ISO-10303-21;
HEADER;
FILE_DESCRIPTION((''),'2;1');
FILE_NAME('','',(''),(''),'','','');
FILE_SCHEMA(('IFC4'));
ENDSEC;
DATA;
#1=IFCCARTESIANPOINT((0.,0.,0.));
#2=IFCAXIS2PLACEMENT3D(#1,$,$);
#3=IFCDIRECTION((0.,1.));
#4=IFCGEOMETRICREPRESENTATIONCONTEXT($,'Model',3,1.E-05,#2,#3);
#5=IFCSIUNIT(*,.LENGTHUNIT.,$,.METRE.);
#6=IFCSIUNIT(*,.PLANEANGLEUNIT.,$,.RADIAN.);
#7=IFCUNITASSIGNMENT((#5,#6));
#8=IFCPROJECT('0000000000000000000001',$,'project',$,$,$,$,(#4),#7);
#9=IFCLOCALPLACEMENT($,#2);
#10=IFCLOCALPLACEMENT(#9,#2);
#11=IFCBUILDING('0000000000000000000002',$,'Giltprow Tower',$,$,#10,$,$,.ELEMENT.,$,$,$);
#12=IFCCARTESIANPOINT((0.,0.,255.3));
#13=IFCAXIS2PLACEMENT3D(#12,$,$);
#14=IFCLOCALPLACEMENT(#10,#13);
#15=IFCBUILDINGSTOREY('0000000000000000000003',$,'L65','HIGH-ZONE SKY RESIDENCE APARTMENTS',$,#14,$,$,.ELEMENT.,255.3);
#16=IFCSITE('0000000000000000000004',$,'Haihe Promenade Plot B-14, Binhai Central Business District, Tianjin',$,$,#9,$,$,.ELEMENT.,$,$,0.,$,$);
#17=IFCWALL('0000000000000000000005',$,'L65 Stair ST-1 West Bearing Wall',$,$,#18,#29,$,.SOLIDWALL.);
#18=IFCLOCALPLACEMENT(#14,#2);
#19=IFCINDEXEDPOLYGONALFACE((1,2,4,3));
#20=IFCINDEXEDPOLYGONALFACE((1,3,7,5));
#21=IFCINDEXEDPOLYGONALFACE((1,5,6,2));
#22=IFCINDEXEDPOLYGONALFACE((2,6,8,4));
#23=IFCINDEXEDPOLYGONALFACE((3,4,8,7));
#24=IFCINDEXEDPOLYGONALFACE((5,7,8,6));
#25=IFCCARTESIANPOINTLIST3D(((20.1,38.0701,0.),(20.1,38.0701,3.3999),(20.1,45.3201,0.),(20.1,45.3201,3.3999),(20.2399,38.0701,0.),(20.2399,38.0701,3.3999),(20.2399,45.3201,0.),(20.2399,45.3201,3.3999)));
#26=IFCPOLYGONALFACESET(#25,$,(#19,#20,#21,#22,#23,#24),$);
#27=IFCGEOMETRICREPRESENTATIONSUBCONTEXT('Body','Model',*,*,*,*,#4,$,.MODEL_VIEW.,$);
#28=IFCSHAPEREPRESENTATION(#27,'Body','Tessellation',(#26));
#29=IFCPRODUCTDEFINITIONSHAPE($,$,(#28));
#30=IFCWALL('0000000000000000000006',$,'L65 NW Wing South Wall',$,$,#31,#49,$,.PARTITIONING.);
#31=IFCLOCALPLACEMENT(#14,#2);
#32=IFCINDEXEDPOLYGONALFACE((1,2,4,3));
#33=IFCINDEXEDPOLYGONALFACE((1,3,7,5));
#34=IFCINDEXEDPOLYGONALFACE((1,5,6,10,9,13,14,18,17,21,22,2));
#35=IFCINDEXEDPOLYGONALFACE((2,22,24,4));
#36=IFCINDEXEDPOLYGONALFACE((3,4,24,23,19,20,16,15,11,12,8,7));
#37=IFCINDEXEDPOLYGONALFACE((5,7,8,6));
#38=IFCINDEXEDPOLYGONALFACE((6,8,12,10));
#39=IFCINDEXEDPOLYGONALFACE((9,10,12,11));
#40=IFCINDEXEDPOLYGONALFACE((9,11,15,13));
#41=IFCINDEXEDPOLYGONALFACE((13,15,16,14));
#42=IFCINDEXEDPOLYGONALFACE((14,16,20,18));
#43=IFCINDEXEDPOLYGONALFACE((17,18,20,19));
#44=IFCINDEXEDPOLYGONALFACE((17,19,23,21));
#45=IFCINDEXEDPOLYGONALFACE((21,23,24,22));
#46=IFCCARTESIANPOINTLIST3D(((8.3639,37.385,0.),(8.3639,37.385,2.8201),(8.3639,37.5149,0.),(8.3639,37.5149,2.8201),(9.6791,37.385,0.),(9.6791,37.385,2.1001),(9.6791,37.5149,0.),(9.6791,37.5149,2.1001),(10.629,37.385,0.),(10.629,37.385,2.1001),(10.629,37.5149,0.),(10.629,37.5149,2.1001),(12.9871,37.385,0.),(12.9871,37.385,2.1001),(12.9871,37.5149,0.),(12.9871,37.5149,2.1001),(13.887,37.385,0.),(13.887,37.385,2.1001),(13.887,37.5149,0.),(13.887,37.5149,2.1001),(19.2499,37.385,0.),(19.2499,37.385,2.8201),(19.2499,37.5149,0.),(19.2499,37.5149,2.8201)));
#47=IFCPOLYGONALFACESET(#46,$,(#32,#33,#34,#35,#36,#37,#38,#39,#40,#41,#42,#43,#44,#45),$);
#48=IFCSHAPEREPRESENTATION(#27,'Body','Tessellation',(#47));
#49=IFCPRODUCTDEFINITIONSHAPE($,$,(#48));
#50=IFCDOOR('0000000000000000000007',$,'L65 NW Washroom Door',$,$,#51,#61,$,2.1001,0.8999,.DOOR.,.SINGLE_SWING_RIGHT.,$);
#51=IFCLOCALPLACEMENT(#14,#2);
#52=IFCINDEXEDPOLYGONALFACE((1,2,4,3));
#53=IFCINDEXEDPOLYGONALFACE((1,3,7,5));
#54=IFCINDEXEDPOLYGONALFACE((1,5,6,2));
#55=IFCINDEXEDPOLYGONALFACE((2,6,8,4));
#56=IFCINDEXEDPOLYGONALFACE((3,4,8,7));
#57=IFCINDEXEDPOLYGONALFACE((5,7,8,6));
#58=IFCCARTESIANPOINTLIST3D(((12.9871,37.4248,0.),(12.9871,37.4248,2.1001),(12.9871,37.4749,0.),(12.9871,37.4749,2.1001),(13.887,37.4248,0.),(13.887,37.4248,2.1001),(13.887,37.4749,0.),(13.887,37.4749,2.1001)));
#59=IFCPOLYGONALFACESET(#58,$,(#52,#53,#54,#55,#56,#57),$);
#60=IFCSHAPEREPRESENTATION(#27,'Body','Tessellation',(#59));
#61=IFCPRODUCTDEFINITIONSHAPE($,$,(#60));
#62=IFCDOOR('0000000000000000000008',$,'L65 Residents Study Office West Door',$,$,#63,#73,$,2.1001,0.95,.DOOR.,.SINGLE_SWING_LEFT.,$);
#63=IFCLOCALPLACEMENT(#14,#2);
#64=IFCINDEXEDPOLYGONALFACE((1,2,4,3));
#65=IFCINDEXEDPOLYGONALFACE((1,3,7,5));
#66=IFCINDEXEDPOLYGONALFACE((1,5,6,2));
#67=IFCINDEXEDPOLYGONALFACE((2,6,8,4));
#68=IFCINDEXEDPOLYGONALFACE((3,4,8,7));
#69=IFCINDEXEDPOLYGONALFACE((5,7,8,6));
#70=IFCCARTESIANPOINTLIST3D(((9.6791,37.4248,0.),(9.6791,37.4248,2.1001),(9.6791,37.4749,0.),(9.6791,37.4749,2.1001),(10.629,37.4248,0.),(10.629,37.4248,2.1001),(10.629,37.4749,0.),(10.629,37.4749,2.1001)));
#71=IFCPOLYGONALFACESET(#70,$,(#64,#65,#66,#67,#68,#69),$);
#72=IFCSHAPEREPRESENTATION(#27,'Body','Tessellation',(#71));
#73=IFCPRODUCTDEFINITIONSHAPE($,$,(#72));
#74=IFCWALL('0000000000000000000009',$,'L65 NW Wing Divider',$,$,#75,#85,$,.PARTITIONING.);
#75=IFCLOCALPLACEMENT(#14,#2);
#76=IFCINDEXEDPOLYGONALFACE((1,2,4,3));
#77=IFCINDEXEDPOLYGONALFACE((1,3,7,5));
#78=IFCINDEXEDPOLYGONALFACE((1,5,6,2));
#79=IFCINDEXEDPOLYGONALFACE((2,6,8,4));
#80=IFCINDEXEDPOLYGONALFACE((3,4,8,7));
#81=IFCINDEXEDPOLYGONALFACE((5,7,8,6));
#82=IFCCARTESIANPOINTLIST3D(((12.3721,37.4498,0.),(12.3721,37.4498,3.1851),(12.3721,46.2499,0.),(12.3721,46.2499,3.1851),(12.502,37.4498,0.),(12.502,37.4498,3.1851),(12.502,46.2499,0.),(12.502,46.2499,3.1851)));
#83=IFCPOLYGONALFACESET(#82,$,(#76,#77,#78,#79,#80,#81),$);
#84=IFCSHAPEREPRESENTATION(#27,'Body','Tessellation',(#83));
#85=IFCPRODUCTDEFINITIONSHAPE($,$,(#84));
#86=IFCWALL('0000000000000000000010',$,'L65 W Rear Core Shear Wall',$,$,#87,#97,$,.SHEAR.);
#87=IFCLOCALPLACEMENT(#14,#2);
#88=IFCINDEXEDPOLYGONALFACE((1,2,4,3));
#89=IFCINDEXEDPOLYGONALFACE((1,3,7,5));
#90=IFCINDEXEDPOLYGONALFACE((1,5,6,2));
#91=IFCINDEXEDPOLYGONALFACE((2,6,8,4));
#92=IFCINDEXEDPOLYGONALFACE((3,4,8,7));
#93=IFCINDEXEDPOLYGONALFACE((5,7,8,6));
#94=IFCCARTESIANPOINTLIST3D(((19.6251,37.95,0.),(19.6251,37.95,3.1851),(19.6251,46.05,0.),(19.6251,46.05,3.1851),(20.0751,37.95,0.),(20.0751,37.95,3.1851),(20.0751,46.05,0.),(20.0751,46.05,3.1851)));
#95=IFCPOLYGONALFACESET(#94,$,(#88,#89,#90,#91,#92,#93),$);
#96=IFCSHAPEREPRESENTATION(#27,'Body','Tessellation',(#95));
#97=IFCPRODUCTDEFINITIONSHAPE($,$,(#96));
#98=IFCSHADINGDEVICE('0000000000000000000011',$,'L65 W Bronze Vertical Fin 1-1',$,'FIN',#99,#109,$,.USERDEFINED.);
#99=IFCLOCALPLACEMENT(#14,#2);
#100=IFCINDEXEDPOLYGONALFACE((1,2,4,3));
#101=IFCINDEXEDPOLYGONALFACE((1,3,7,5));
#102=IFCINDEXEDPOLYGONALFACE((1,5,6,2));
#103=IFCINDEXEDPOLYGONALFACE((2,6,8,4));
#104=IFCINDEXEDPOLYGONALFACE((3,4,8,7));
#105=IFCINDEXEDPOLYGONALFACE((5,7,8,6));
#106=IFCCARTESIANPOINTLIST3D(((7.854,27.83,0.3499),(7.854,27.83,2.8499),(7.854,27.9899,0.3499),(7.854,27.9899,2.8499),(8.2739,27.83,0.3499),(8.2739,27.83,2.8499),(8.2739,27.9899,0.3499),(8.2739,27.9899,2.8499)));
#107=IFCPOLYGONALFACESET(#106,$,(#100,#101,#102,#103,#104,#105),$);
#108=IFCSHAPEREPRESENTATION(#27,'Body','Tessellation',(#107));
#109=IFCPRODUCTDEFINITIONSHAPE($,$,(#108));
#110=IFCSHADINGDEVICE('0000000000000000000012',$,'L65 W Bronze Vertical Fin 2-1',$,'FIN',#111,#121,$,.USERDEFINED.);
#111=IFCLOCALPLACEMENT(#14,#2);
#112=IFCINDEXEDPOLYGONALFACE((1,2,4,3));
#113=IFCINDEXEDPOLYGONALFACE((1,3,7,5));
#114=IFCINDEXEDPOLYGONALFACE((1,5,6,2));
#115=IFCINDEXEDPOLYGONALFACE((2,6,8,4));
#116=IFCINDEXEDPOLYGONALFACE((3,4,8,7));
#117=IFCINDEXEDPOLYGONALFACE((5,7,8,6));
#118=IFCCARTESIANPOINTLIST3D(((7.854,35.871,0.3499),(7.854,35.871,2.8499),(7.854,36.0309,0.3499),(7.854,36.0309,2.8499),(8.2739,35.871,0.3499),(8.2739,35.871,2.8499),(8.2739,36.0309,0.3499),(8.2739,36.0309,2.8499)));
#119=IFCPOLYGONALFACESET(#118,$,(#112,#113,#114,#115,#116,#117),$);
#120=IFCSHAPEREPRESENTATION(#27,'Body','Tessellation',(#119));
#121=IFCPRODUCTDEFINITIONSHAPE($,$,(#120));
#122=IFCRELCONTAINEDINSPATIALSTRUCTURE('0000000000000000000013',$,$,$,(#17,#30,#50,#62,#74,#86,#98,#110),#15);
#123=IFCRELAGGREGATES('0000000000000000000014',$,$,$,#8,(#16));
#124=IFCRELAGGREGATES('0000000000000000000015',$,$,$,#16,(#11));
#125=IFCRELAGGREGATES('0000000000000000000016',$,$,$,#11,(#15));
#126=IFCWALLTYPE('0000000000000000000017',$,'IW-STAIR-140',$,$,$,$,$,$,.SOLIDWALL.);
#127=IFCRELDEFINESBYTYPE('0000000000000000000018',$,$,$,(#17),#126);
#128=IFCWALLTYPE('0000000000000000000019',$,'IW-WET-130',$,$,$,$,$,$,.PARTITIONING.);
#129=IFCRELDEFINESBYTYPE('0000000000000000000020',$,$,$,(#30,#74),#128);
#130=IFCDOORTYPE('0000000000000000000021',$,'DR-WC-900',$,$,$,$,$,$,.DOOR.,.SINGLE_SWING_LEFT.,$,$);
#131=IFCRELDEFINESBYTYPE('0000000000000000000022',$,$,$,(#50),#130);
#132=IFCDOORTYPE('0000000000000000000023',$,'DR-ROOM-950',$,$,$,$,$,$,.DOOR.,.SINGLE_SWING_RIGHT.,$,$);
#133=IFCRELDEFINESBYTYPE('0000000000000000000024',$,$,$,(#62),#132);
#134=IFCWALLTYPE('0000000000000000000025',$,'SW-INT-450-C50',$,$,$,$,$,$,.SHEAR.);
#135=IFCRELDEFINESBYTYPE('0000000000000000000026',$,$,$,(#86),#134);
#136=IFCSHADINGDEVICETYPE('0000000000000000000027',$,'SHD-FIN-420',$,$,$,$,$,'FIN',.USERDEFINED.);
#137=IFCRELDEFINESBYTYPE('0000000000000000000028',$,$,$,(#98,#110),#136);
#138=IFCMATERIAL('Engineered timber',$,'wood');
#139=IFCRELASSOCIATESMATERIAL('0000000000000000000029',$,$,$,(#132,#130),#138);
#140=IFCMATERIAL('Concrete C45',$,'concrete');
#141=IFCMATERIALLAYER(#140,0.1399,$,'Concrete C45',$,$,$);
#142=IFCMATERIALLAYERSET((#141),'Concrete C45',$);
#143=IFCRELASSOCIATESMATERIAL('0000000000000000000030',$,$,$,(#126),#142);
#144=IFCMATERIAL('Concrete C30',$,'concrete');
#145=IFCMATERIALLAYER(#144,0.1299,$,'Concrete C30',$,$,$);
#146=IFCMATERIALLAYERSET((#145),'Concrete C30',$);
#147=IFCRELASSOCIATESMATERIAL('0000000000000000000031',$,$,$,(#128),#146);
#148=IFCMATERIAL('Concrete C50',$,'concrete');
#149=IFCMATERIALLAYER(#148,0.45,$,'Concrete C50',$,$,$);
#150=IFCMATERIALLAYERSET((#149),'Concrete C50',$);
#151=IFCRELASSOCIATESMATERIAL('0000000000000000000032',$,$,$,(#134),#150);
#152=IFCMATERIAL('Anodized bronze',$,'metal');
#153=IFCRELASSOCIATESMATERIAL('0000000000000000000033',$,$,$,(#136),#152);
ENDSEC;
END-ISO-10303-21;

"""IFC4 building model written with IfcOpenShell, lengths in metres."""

from ifc_helpers import new_model, si_unit, direction, frame, frame_2d, origin, origin_2d, place, context, subcontext, project, spatial, rectangle, extrude, source, transform, mapped, material, layer, layer_set, type_object, element, fill, save


model = new_model("IFC4")

# Units and contexts
model_context = context("Model", 3, precision=1e-05, world=origin(), true_north=direction((0.0, 1.0)))
body_context = subcontext(model_context, "Body", "Model", "MODEL_VIEW")
ifc_project = project(units=[si_unit("LENGTHUNIT", "METRE"), si_unit("PLANEANGLEUNIT", "RADIAN")], contexts=[model_context])

# Site, building, storey
site_placement = place(None, origin())
site = spatial("IfcSite", under=ifc_project, at=site_placement, Name="Haihe Promenade Plot B-14, Binhai Central Business District, Tianjin", CompositionType="ELEMENT", RefElevation=0.0)
building_placement = place(site_placement, origin())
building = spatial("IfcBuilding", under=site, at=building_placement, Name="Giltprow Tower", CompositionType="ELEMENT")
storey_placement = place(building_placement, frame((0.0, 0.0, 255.3)))
storey = spatial("IfcBuildingStorey", under=building, at=storey_placement, Name="L65", Description="HIGH-ZONE SKY RESIDENCE APARTMENTS", CompositionType="ELEMENT", Elevation=255.3)

# Shared definitions
ifc_material_1 = material(Name="Concrete C50", Category="concrete")

# Shared definitions
ifc_material_2 = material(Name="Engineered timber", Category="wood")

# Shared definitions
door_type_1 = type_object("IfcDoorType", Name="DR-ROOM-950", OperationType="SINGLE_SWING_RIGHT", PredefinedType="DOOR", material=ifc_material_2)
shared_shape_1 = source(origin(), body_context, "Body", "SweptSolid", [
    extrude(rectangle(XDim=0.95, YDim=2.1001, at=frame_2d((0.4751, 1.05))), frame((0.0, 0.0249, 0.0), z_axis=(0.0, -1.0, 0.0), x_axis=(1.0, 0.0, 0.0)), (0.0, 0.0, 1.0), 0.05),
])

# Wall
ifc_material_3 = material(Name="Concrete C45", Category="concrete")
ifc_layer_1 = layer(ifc_material_3, 0.1399, Name="Concrete C45")
ifc_layer_set_1 = layer_set([ifc_layer_1], Name="Concrete C45")
wall_type_1 = type_object("IfcWallType", Name="IW-STAIR-140", PredefinedType="SOLIDWALL", material=ifc_layer_set_1)
wall_1_placement = place(storey_placement, frame((20.1699, 38.0701, 0.0), z_axis=(0.0, 0.0, 1.0), x_axis=(0.0, 1.0, 0.0)))
element("IfcWall", 1, at=wall_1_placement, inside=storey, type_object=wall_type_1, Name="L65 Stair ST-1 West Bearing Wall", PredefinedType="SOLIDWALL", context=body_context, shape_type="SweptSolid", body=[
    extrude(rectangle(XDim=7.25, YDim=0.1399, at=frame_2d((3.625, 0.0))), origin(), (0.0, 0.0, 1.0), 3.3999),
])

# Wall, openings, doors
ifc_material_4 = material(Name="Concrete C30", Category="concrete")
ifc_layer_2 = layer(ifc_material_4, 0.1299, Name="Concrete C30")
ifc_layer_set_2 = layer_set([ifc_layer_2], Name="Concrete C30")
wall_type_2 = type_object("IfcWallType", Name="IW-WET-130", PredefinedType="PARTITIONING", material=ifc_layer_set_2)
wall_2_placement = place(storey_placement, frame((8.364, 37.45, 0.0), z_axis=(0.0, 0.0, 1.0), x_axis=(1.0, 0.0, 0.0)))
wall_2 = element("IfcWall", 2, at=wall_2_placement, inside=storey, type_object=wall_type_2, Name="L65 NW Wing South Wall", PredefinedType="PARTITIONING", context=body_context, shape_type="SweptSolid", body=[
    extrude(rectangle(XDim=10.886, YDim=0.1299, at=frame_2d((5.4429, 0.0))), origin(), (0.0, 0.0, 1.0), 2.8201),
])
opening_1_placement = place(wall_2_placement, frame((1.3149, 0.0, 0.0)))
opening_1 = element("IfcOpeningElement", 3, at=opening_1_placement, cuts=wall_2, PredefinedType="OPENING", context=body_context, shape_type="SweptSolid", body=[
    extrude(rectangle(XDim=0.95, YDim=2.1001, at=frame_2d((0.4751, 1.05))), frame((0.0, 0.075, 0.0), z_axis=(0.0, -1.0, 0.0), x_axis=(1.0, 0.0, 0.0)), (0.0, 0.0, 1.0), 0.1499),
])
opening_2_placement = place(wall_2_placement, frame((4.623, 0.0, 0.0)))
opening_2 = element("IfcOpeningElement", 4, at=opening_2_placement, cuts=wall_2, PredefinedType="OPENING", context=body_context, shape_type="SweptSolid", body=[
    extrude(rectangle(XDim=0.8999, YDim=2.1001, at=frame_2d((0.45, 1.05))), frame((0.0, 0.075, 0.0), z_axis=(0.0, -1.0, 0.0), x_axis=(1.0, 0.0, 0.0)), (0.0, 0.0, 1.0), 0.1499),
])
door_type_2 = type_object("IfcDoorType", Name="DR-WC-900", OperationType="SINGLE_SWING_LEFT", PredefinedType="DOOR", material=ifc_material_2)
shared_shape_2 = source(origin(), body_context, "Body", "SweptSolid", [
    extrude(rectangle(XDim=0.8999, YDim=2.1001, at=frame_2d((0.45, 1.05))), frame((0.0, 0.0249, 0.0), z_axis=(0.0, -1.0, 0.0), x_axis=(1.0, 0.0, 0.0)), (0.0, 0.0, 1.0), 0.05),
])
door_1_placement = place(opening_2_placement, origin())
door_1 = element("IfcDoor", 5, at=door_1_placement, inside=storey, type_object=door_type_2, Name="L65 NW Washroom Door", OperationType="SINGLE_SWING_RIGHT", OverallHeight=2.1001, OverallWidth=0.8999, PredefinedType="DOOR", context=body_context, shape_type="MappedRepresentation", body=[
    mapped(shared_shape_2, transform((0.0, 0.0, 0.0), x_axis=(1.0, 0.0, 0.0), y_axis=(0.0, 1.0, 0.0), z_axis=(0.0, 0.0, 1.0), scale=1.0)),
])
fill(opening_2, door_1)
door_2_placement = place(opening_1_placement, origin())
door_2 = element("IfcDoor", 6, at=door_2_placement, inside=storey, type_object=door_type_1, Name="L65 Residents Study Office West Door", OperationType="SINGLE_SWING_LEFT", OverallHeight=2.1001, OverallWidth=0.95, PredefinedType="DOOR", context=body_context, shape_type="MappedRepresentation", body=[
    mapped(shared_shape_1, transform((0.0, 0.0, 0.0), x_axis=(1.0, 0.0, 0.0), y_axis=(0.0, 1.0, 0.0), z_axis=(0.0, 0.0, 1.0), scale=1.0)),
])
fill(opening_1, door_2)

# Walls
wall_3_placement = place(storey_placement, frame((12.437, 37.45, 0.0), z_axis=(0.0, 0.0, 1.0), x_axis=(0.0, 1.0, 0.0)))
element("IfcWall", 7, at=wall_3_placement, inside=storey, type_object=wall_type_2, Name="L65 NW Wing Divider", PredefinedType="PARTITIONING", context=body_context, shape_type="SweptSolid", body=[
    extrude(rectangle(XDim=8.8, YDim=0.1299, at=frame_2d((4.3999, 0.0))), origin(), (0.0, 0.0, 1.0), 3.1851),
])
ifc_layer_3 = layer(ifc_material_1, 0.45, Name="Concrete C50")
ifc_layer_set_3 = layer_set([ifc_layer_3], Name="Concrete C50")
wall_type_3 = type_object("IfcWallType", Name="SW-INT-450-C50", PredefinedType="SHEAR", material=ifc_layer_set_3)
wall_4_placement = place(storey_placement, frame((19.8501, 37.95, 0.0), z_axis=(0.0, 0.0, 1.0), x_axis=(0.0, 1.0, 0.0)))
element("IfcWall", 8, at=wall_4_placement, inside=storey, type_object=wall_type_3, Name="L65 W Rear Core Shear Wall", PredefinedType="SHEAR", context=body_context, shape_type="SweptSolid", body=[
    extrude(rectangle(XDim=8.1001, YDim=0.45, at=frame_2d((4.05, 0.0))), origin(), (0.0, 0.0, 1.0), 3.1851),
])

# Shading devices
ifc_material_5 = material(Name="Anodized bronze", Category="metal")
shading_device_type = type_object("IfcShadingDeviceType", Name="SHD-FIN-420", ElementType="FIN", PredefinedType="USERDEFINED", material=ifc_material_5)
shared_shape_3 = source(origin(), body_context, "Body", "SweptSolid", [
    extrude(rectangle(XDim=0.4199, YDim=0.1599, at=origin_2d()), origin(), (0.0, 0.0, 1.0), 2.5),
])
for number, where, z_axis, x_axis, name in (
    (9, (8.064, 27.9099, 0.3499), (0.0, 0.0, 1.0), (1.0, 0.0, 0.0), "L65 W Bronze Vertical Fin 1-1"),
    (10, (8.064, 35.9509, 0.3499), (0.0, 0.0, 1.0), (1.0, 0.0, 0.0), "L65 W Bronze Vertical Fin 2-1"),
):
    element("IfcShadingDevice", number, at=place(storey_placement, frame(where, z_axis=z_axis, x_axis=x_axis)), inside=storey, type_object=shading_device_type, Name=name, ObjectType="FIN", PredefinedType="USERDEFINED", context=body_context, shape_type="MappedRepresentation", body=[
        mapped(shared_shape_3, transform((0.0, 0.0, 0.0), x_axis=(1.0, 0.0, 0.0), y_axis=(0.0, 1.0, 0.0), z_axis=(0.0, 0.0, 1.0), scale=1.0)),
    ])

save(model, "model.ifc")
